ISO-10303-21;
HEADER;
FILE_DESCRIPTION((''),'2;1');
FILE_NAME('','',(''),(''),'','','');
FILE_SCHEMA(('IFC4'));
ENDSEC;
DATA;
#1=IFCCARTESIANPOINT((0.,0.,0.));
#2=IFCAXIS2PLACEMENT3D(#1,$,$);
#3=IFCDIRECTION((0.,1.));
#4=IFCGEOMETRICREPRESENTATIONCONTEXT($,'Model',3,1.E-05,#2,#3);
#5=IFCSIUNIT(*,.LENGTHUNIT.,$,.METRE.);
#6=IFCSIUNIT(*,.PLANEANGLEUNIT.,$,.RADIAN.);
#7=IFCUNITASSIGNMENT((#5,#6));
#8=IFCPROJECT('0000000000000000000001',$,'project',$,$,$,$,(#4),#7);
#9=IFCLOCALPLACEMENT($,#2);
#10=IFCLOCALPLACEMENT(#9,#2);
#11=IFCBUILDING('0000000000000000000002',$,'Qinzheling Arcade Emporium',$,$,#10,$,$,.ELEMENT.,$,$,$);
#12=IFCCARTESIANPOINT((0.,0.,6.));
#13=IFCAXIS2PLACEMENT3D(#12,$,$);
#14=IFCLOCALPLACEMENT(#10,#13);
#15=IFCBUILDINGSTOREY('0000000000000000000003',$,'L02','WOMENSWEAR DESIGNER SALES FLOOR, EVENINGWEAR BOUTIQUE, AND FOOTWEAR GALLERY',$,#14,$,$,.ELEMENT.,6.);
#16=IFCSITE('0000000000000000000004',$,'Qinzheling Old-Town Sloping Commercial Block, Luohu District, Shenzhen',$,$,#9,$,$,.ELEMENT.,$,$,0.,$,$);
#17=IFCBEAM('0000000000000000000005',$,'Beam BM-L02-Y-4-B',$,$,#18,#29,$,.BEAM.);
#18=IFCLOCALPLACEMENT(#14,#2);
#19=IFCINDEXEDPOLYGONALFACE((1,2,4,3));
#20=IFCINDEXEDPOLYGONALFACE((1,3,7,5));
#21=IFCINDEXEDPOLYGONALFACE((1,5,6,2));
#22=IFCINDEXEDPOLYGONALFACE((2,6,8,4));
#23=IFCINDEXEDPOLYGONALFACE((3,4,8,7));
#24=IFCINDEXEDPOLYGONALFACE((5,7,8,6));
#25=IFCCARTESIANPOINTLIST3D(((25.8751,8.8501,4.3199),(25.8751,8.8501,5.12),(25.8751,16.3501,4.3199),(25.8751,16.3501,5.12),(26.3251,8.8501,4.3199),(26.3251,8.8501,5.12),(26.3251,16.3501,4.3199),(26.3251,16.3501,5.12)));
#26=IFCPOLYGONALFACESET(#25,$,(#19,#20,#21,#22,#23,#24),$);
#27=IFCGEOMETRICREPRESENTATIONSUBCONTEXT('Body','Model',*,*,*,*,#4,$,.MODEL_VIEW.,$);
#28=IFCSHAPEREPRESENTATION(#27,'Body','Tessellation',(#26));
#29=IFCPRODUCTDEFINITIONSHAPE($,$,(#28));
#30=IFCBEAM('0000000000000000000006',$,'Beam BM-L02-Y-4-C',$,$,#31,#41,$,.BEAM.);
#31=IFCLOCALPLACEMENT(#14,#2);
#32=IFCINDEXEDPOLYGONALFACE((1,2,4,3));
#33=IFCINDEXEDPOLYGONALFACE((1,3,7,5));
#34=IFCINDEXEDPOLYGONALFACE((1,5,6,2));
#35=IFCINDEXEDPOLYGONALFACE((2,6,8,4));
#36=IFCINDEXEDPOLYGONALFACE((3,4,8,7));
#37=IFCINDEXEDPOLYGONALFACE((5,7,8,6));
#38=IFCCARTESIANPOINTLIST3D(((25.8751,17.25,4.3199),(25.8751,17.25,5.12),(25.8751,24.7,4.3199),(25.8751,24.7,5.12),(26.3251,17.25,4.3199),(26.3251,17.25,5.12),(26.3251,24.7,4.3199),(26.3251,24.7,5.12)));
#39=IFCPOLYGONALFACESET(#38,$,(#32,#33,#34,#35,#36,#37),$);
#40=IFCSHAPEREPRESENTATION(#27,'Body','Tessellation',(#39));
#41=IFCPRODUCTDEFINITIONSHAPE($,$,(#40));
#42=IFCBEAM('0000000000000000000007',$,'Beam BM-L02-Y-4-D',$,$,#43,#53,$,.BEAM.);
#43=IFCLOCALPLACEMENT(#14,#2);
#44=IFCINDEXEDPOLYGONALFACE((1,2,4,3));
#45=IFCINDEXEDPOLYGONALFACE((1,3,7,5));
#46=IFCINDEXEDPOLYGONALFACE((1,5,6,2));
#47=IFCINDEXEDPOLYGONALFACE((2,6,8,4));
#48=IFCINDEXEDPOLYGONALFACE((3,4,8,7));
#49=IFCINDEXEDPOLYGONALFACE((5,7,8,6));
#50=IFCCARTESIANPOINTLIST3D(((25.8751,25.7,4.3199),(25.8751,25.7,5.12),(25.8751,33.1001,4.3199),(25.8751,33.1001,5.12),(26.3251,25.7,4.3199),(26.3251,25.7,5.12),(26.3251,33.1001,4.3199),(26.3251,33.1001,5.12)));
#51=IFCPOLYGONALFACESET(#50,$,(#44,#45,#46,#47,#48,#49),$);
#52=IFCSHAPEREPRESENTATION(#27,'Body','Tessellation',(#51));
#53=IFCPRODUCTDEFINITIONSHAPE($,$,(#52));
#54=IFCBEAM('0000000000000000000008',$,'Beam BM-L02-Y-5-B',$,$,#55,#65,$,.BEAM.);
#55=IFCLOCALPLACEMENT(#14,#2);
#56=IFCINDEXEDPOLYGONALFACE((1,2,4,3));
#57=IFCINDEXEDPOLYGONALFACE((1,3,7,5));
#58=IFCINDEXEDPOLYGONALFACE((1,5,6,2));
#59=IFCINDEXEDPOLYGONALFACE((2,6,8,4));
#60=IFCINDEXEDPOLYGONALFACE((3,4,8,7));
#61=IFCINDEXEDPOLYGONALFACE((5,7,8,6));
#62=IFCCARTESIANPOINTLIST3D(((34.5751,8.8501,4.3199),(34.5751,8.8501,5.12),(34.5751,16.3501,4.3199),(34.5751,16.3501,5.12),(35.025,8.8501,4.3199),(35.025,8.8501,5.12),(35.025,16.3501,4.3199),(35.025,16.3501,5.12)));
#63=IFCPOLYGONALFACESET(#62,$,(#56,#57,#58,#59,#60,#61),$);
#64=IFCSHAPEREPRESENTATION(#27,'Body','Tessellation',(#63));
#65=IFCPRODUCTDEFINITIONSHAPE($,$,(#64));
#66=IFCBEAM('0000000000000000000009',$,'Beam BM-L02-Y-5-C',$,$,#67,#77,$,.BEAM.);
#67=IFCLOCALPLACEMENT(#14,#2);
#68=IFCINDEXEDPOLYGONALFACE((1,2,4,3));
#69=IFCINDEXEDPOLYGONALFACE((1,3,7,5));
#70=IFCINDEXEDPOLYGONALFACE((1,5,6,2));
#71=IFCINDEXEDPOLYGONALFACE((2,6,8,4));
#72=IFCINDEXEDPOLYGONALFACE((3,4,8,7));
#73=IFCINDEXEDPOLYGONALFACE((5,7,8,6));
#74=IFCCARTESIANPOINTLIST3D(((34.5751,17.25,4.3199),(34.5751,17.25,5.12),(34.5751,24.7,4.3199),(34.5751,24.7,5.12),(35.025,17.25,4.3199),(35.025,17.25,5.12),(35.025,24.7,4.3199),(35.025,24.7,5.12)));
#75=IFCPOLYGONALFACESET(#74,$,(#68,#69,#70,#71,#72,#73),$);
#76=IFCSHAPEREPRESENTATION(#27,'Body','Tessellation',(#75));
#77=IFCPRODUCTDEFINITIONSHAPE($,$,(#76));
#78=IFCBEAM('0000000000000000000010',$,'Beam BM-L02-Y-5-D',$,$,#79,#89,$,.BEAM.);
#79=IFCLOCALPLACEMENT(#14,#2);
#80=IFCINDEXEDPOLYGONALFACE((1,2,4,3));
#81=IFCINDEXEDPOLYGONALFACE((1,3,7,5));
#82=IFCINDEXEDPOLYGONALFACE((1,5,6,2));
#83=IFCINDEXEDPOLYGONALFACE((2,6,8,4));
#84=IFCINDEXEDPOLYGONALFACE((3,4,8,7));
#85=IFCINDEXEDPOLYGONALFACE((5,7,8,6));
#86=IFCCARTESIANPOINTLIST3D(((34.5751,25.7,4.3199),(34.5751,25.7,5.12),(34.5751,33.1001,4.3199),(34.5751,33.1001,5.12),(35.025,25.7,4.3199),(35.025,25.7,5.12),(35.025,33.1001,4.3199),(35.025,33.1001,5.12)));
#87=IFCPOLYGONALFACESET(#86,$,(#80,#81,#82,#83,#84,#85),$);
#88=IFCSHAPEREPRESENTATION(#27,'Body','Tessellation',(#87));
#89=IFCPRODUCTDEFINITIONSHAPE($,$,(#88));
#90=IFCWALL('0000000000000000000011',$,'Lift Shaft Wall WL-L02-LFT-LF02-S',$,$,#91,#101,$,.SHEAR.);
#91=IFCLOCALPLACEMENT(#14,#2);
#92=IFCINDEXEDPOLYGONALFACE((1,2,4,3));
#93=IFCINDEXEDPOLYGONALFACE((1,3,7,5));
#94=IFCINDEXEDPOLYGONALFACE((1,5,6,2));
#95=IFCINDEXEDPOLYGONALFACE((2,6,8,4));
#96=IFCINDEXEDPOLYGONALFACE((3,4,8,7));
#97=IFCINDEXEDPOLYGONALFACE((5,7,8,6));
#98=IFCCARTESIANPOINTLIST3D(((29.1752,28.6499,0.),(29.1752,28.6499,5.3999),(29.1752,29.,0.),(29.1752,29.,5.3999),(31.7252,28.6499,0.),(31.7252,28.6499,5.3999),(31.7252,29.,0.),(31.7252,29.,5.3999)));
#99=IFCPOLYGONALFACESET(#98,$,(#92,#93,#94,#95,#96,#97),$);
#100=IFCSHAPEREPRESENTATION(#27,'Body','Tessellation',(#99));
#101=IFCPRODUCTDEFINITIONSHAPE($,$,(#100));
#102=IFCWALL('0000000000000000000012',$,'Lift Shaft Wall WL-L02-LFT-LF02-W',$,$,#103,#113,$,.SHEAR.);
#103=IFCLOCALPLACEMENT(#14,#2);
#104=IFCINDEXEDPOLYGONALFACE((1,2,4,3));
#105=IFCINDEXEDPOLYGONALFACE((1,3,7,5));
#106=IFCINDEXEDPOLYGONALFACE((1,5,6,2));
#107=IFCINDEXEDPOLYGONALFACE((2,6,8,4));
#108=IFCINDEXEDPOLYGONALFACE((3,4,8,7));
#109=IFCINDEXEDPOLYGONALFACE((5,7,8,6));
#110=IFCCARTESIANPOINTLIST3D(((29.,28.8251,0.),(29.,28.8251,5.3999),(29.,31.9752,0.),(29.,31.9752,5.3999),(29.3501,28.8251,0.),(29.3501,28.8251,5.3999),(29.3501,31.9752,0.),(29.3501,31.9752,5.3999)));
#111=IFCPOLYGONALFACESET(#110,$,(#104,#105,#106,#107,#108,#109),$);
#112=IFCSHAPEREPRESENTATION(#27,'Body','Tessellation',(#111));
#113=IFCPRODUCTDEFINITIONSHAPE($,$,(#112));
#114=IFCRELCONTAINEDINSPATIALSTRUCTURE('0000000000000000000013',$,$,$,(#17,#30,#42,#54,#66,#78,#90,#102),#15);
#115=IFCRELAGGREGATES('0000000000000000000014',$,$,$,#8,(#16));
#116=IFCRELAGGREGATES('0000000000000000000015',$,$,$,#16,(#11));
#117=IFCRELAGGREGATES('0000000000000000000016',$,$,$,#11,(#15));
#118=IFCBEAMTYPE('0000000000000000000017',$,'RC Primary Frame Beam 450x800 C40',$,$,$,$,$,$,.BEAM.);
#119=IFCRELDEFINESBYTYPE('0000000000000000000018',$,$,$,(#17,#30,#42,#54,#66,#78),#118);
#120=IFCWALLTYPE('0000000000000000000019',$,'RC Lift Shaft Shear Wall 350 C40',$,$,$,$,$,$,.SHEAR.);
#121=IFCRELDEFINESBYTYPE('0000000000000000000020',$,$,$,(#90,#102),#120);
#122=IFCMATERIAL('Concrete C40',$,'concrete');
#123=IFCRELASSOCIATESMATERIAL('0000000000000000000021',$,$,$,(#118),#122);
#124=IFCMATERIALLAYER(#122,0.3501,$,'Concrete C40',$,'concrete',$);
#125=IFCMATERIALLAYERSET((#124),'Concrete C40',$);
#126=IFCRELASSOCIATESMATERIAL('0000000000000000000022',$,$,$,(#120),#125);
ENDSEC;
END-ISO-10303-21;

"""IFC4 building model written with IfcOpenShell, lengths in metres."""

from ifc_helpers import new_model, si_unit, direction, frame, frame_2d, origin, origin_2d, place, context, subcontext, project, spatial, rectangle, extrude, material, layer, layer_set, material_profile, profile_set, type_object, element, save


model = new_model("IFC4")

# Units and contexts
model_context = context("Model", 3, precision=1e-05, world=origin(), true_north=direction((0.0, 1.0)))
body_context = subcontext(model_context, "Body", "Model", "MODEL_VIEW")
ifc_project = project(units=[si_unit("LENGTHUNIT", "METRE"), si_unit("PLANEANGLEUNIT", "RADIAN")], contexts=[model_context])

# Site, building, storey
site_placement = place(None, origin())
site = spatial("IfcSite", under=ifc_project, at=site_placement, Name="Qinzheling Old-Town Sloping Commercial Block, Luohu District, Shenzhen", CompositionType="ELEMENT", RefElevation=0.0)
building_placement = place(site_placement, origin())
building = spatial("IfcBuilding", under=site, at=building_placement, Name="Qinzheling Arcade Emporium", CompositionType="ELEMENT")
storey_placement = place(building_placement, frame((0.0, 0.0, 6.0)))
storey = spatial("IfcBuildingStorey", under=building, at=storey_placement, Name="L02", Description="WOMENSWEAR DESIGNER SALES FLOOR, EVENINGWEAR BOUTIQUE, AND FOOTWEAR GALLERY", CompositionType="ELEMENT", Elevation=6.0)

# Beams
ifc_material_1 = material(Name="Concrete C40", Category="concrete")
ifc_material_profile_1 = material_profile(ifc_material_1, rectangle(XDim=0.45, YDim=0.8, at=origin_2d()), Name="RC 450x800", Category="concrete")
ifc_profile_set_1 = profile_set([ifc_material_profile_1], Name="Concrete C40")
beam_type = type_object("IfcBeamType", Name="RC Primary Frame Beam 450x800 C40", PredefinedType="BEAM", material=ifc_profile_set_1)
beam_1_placement = place(storey_placement, frame((26.1001, 8.8501, 4.72), z_axis=(0.0, 1.0, 0.0), x_axis=(-1.0, 0.0, 0.0)))
element("IfcBeam", 1, at=beam_1_placement, inside=storey, type_object=beam_type, Name="Beam BM-L02-Y-4-B", PredefinedType="BEAM", context=body_context, shape_type="SweptSolid", body=[
    extrude(rectangle(XDim=0.45, YDim=0.8, at=origin_2d()), origin(), (0.0, 0.0, 1.0), 7.5),
])
beam_2_placement = place(storey_placement, frame((26.1001, 17.25, 4.72), z_axis=(0.0, 1.0, 0.0), x_axis=(-1.0, 0.0, 0.0)))
element("IfcBeam", 2, at=beam_2_placement, inside=storey, type_object=beam_type, Name="Beam BM-L02-Y-4-C", PredefinedType="BEAM", context=body_context, shape_type="SweptSolid", body=[
    extrude(rectangle(XDim=0.45, YDim=0.8, at=origin_2d()), origin(), (0.0, 0.0, 1.0), 7.45),
])
beam_3_placement = place(storey_placement, frame((26.1001, 25.7, 4.72), z_axis=(0.0, 1.0, 0.0), x_axis=(-1.0, 0.0, 0.0)))
element("IfcBeam", 3, at=beam_3_placement, inside=storey, type_object=beam_type, Name="Beam BM-L02-Y-4-D", PredefinedType="BEAM", context=body_context, shape_type="SweptSolid", body=[
    extrude(rectangle(XDim=0.45, YDim=0.8, at=origin_2d()), origin(), (0.0, 0.0, 1.0), 7.4001),
])
beam_4_placement = place(storey_placement, frame((34.8, 8.8501, 4.72), z_axis=(0.0, 1.0, 0.0), x_axis=(-1.0, 0.0, 0.0)))
element("IfcBeam", 4, at=beam_4_placement, inside=storey, type_object=beam_type, Name="Beam BM-L02-Y-5-B", PredefinedType="BEAM", context=body_context, shape_type="SweptSolid", body=[
    extrude(rectangle(XDim=0.45, YDim=0.8, at=origin_2d()), origin(), (0.0, 0.0, 1.0), 7.5),
])
beam_5_placement = place(storey_placement, frame((34.8, 17.25, 4.72), z_axis=(0.0, 1.0, 0.0), x_axis=(-1.0, 0.0, 0.0)))
element("IfcBeam", 5, at=beam_5_placement, inside=storey, type_object=beam_type, Name="Beam BM-L02-Y-5-C", PredefinedType="BEAM", context=body_context, shape_type="SweptSolid", body=[
    extrude(rectangle(XDim=0.45, YDim=0.8, at=origin_2d()), origin(), (0.0, 0.0, 1.0), 7.45),
])
beam_6_placement = place(storey_placement, frame((34.8, 25.7, 4.72), z_axis=(0.0, 1.0, 0.0), x_axis=(-1.0, 0.0, 0.0)))
element("IfcBeam", 6, at=beam_6_placement, inside=storey, type_object=beam_type, Name="Beam BM-L02-Y-5-D", PredefinedType="BEAM", context=body_context, shape_type="SweptSolid", body=[
    extrude(rectangle(XDim=0.45, YDim=0.8, at=origin_2d()), origin(), (0.0, 0.0, 1.0), 7.4001),
])

# Walls
ifc_layer = layer(ifc_material_1, 0.3501, Name="Concrete C40", Category="concrete")
ifc_layer_set = layer_set([ifc_layer], Name="Concrete C40")
wall_type = type_object("IfcWallType", Name="RC Lift Shaft Shear Wall 350 C40", PredefinedType="SHEAR", material=ifc_layer_set)
wall_1_placement = place(storey_placement, frame((31.7251, 28.825, 0.0), z_axis=(0.0, 0.0, 1.0), x_axis=(-1.0, 0.0, 0.0)))
element("IfcWall", 7, at=wall_1_placement, inside=storey, type_object=wall_type, Name="Lift Shaft Wall WL-L02-LFT-LF02-S", PredefinedType="SHEAR", context=body_context, shape_type="SweptSolid", body=[
    extrude(rectangle(XDim=2.55, YDim=0.3501, at=frame_2d((1.2749, 0.0))), origin(), (0.0, 0.0, 1.0), 5.3999),
])
wall_2_placement = place(storey_placement, frame((29.175, 28.825, 0.0), z_axis=(0.0, 0.0, 1.0), x_axis=(0.0, 1.0, 0.0)))
element("IfcWall", 8, at=wall_2_placement, inside=storey, type_object=wall_type, Name="Lift Shaft Wall WL-L02-LFT-LF02-W", PredefinedType="SHEAR", context=body_context, shape_type="SweptSolid", body=[
    extrude(rectangle(XDim=3.1501, YDim=0.3501, at=frame_2d((1.5752, 0.0))), origin(), (0.0, 0.0, 1.0), 5.3999),
])

save(model, "model.ifc")
